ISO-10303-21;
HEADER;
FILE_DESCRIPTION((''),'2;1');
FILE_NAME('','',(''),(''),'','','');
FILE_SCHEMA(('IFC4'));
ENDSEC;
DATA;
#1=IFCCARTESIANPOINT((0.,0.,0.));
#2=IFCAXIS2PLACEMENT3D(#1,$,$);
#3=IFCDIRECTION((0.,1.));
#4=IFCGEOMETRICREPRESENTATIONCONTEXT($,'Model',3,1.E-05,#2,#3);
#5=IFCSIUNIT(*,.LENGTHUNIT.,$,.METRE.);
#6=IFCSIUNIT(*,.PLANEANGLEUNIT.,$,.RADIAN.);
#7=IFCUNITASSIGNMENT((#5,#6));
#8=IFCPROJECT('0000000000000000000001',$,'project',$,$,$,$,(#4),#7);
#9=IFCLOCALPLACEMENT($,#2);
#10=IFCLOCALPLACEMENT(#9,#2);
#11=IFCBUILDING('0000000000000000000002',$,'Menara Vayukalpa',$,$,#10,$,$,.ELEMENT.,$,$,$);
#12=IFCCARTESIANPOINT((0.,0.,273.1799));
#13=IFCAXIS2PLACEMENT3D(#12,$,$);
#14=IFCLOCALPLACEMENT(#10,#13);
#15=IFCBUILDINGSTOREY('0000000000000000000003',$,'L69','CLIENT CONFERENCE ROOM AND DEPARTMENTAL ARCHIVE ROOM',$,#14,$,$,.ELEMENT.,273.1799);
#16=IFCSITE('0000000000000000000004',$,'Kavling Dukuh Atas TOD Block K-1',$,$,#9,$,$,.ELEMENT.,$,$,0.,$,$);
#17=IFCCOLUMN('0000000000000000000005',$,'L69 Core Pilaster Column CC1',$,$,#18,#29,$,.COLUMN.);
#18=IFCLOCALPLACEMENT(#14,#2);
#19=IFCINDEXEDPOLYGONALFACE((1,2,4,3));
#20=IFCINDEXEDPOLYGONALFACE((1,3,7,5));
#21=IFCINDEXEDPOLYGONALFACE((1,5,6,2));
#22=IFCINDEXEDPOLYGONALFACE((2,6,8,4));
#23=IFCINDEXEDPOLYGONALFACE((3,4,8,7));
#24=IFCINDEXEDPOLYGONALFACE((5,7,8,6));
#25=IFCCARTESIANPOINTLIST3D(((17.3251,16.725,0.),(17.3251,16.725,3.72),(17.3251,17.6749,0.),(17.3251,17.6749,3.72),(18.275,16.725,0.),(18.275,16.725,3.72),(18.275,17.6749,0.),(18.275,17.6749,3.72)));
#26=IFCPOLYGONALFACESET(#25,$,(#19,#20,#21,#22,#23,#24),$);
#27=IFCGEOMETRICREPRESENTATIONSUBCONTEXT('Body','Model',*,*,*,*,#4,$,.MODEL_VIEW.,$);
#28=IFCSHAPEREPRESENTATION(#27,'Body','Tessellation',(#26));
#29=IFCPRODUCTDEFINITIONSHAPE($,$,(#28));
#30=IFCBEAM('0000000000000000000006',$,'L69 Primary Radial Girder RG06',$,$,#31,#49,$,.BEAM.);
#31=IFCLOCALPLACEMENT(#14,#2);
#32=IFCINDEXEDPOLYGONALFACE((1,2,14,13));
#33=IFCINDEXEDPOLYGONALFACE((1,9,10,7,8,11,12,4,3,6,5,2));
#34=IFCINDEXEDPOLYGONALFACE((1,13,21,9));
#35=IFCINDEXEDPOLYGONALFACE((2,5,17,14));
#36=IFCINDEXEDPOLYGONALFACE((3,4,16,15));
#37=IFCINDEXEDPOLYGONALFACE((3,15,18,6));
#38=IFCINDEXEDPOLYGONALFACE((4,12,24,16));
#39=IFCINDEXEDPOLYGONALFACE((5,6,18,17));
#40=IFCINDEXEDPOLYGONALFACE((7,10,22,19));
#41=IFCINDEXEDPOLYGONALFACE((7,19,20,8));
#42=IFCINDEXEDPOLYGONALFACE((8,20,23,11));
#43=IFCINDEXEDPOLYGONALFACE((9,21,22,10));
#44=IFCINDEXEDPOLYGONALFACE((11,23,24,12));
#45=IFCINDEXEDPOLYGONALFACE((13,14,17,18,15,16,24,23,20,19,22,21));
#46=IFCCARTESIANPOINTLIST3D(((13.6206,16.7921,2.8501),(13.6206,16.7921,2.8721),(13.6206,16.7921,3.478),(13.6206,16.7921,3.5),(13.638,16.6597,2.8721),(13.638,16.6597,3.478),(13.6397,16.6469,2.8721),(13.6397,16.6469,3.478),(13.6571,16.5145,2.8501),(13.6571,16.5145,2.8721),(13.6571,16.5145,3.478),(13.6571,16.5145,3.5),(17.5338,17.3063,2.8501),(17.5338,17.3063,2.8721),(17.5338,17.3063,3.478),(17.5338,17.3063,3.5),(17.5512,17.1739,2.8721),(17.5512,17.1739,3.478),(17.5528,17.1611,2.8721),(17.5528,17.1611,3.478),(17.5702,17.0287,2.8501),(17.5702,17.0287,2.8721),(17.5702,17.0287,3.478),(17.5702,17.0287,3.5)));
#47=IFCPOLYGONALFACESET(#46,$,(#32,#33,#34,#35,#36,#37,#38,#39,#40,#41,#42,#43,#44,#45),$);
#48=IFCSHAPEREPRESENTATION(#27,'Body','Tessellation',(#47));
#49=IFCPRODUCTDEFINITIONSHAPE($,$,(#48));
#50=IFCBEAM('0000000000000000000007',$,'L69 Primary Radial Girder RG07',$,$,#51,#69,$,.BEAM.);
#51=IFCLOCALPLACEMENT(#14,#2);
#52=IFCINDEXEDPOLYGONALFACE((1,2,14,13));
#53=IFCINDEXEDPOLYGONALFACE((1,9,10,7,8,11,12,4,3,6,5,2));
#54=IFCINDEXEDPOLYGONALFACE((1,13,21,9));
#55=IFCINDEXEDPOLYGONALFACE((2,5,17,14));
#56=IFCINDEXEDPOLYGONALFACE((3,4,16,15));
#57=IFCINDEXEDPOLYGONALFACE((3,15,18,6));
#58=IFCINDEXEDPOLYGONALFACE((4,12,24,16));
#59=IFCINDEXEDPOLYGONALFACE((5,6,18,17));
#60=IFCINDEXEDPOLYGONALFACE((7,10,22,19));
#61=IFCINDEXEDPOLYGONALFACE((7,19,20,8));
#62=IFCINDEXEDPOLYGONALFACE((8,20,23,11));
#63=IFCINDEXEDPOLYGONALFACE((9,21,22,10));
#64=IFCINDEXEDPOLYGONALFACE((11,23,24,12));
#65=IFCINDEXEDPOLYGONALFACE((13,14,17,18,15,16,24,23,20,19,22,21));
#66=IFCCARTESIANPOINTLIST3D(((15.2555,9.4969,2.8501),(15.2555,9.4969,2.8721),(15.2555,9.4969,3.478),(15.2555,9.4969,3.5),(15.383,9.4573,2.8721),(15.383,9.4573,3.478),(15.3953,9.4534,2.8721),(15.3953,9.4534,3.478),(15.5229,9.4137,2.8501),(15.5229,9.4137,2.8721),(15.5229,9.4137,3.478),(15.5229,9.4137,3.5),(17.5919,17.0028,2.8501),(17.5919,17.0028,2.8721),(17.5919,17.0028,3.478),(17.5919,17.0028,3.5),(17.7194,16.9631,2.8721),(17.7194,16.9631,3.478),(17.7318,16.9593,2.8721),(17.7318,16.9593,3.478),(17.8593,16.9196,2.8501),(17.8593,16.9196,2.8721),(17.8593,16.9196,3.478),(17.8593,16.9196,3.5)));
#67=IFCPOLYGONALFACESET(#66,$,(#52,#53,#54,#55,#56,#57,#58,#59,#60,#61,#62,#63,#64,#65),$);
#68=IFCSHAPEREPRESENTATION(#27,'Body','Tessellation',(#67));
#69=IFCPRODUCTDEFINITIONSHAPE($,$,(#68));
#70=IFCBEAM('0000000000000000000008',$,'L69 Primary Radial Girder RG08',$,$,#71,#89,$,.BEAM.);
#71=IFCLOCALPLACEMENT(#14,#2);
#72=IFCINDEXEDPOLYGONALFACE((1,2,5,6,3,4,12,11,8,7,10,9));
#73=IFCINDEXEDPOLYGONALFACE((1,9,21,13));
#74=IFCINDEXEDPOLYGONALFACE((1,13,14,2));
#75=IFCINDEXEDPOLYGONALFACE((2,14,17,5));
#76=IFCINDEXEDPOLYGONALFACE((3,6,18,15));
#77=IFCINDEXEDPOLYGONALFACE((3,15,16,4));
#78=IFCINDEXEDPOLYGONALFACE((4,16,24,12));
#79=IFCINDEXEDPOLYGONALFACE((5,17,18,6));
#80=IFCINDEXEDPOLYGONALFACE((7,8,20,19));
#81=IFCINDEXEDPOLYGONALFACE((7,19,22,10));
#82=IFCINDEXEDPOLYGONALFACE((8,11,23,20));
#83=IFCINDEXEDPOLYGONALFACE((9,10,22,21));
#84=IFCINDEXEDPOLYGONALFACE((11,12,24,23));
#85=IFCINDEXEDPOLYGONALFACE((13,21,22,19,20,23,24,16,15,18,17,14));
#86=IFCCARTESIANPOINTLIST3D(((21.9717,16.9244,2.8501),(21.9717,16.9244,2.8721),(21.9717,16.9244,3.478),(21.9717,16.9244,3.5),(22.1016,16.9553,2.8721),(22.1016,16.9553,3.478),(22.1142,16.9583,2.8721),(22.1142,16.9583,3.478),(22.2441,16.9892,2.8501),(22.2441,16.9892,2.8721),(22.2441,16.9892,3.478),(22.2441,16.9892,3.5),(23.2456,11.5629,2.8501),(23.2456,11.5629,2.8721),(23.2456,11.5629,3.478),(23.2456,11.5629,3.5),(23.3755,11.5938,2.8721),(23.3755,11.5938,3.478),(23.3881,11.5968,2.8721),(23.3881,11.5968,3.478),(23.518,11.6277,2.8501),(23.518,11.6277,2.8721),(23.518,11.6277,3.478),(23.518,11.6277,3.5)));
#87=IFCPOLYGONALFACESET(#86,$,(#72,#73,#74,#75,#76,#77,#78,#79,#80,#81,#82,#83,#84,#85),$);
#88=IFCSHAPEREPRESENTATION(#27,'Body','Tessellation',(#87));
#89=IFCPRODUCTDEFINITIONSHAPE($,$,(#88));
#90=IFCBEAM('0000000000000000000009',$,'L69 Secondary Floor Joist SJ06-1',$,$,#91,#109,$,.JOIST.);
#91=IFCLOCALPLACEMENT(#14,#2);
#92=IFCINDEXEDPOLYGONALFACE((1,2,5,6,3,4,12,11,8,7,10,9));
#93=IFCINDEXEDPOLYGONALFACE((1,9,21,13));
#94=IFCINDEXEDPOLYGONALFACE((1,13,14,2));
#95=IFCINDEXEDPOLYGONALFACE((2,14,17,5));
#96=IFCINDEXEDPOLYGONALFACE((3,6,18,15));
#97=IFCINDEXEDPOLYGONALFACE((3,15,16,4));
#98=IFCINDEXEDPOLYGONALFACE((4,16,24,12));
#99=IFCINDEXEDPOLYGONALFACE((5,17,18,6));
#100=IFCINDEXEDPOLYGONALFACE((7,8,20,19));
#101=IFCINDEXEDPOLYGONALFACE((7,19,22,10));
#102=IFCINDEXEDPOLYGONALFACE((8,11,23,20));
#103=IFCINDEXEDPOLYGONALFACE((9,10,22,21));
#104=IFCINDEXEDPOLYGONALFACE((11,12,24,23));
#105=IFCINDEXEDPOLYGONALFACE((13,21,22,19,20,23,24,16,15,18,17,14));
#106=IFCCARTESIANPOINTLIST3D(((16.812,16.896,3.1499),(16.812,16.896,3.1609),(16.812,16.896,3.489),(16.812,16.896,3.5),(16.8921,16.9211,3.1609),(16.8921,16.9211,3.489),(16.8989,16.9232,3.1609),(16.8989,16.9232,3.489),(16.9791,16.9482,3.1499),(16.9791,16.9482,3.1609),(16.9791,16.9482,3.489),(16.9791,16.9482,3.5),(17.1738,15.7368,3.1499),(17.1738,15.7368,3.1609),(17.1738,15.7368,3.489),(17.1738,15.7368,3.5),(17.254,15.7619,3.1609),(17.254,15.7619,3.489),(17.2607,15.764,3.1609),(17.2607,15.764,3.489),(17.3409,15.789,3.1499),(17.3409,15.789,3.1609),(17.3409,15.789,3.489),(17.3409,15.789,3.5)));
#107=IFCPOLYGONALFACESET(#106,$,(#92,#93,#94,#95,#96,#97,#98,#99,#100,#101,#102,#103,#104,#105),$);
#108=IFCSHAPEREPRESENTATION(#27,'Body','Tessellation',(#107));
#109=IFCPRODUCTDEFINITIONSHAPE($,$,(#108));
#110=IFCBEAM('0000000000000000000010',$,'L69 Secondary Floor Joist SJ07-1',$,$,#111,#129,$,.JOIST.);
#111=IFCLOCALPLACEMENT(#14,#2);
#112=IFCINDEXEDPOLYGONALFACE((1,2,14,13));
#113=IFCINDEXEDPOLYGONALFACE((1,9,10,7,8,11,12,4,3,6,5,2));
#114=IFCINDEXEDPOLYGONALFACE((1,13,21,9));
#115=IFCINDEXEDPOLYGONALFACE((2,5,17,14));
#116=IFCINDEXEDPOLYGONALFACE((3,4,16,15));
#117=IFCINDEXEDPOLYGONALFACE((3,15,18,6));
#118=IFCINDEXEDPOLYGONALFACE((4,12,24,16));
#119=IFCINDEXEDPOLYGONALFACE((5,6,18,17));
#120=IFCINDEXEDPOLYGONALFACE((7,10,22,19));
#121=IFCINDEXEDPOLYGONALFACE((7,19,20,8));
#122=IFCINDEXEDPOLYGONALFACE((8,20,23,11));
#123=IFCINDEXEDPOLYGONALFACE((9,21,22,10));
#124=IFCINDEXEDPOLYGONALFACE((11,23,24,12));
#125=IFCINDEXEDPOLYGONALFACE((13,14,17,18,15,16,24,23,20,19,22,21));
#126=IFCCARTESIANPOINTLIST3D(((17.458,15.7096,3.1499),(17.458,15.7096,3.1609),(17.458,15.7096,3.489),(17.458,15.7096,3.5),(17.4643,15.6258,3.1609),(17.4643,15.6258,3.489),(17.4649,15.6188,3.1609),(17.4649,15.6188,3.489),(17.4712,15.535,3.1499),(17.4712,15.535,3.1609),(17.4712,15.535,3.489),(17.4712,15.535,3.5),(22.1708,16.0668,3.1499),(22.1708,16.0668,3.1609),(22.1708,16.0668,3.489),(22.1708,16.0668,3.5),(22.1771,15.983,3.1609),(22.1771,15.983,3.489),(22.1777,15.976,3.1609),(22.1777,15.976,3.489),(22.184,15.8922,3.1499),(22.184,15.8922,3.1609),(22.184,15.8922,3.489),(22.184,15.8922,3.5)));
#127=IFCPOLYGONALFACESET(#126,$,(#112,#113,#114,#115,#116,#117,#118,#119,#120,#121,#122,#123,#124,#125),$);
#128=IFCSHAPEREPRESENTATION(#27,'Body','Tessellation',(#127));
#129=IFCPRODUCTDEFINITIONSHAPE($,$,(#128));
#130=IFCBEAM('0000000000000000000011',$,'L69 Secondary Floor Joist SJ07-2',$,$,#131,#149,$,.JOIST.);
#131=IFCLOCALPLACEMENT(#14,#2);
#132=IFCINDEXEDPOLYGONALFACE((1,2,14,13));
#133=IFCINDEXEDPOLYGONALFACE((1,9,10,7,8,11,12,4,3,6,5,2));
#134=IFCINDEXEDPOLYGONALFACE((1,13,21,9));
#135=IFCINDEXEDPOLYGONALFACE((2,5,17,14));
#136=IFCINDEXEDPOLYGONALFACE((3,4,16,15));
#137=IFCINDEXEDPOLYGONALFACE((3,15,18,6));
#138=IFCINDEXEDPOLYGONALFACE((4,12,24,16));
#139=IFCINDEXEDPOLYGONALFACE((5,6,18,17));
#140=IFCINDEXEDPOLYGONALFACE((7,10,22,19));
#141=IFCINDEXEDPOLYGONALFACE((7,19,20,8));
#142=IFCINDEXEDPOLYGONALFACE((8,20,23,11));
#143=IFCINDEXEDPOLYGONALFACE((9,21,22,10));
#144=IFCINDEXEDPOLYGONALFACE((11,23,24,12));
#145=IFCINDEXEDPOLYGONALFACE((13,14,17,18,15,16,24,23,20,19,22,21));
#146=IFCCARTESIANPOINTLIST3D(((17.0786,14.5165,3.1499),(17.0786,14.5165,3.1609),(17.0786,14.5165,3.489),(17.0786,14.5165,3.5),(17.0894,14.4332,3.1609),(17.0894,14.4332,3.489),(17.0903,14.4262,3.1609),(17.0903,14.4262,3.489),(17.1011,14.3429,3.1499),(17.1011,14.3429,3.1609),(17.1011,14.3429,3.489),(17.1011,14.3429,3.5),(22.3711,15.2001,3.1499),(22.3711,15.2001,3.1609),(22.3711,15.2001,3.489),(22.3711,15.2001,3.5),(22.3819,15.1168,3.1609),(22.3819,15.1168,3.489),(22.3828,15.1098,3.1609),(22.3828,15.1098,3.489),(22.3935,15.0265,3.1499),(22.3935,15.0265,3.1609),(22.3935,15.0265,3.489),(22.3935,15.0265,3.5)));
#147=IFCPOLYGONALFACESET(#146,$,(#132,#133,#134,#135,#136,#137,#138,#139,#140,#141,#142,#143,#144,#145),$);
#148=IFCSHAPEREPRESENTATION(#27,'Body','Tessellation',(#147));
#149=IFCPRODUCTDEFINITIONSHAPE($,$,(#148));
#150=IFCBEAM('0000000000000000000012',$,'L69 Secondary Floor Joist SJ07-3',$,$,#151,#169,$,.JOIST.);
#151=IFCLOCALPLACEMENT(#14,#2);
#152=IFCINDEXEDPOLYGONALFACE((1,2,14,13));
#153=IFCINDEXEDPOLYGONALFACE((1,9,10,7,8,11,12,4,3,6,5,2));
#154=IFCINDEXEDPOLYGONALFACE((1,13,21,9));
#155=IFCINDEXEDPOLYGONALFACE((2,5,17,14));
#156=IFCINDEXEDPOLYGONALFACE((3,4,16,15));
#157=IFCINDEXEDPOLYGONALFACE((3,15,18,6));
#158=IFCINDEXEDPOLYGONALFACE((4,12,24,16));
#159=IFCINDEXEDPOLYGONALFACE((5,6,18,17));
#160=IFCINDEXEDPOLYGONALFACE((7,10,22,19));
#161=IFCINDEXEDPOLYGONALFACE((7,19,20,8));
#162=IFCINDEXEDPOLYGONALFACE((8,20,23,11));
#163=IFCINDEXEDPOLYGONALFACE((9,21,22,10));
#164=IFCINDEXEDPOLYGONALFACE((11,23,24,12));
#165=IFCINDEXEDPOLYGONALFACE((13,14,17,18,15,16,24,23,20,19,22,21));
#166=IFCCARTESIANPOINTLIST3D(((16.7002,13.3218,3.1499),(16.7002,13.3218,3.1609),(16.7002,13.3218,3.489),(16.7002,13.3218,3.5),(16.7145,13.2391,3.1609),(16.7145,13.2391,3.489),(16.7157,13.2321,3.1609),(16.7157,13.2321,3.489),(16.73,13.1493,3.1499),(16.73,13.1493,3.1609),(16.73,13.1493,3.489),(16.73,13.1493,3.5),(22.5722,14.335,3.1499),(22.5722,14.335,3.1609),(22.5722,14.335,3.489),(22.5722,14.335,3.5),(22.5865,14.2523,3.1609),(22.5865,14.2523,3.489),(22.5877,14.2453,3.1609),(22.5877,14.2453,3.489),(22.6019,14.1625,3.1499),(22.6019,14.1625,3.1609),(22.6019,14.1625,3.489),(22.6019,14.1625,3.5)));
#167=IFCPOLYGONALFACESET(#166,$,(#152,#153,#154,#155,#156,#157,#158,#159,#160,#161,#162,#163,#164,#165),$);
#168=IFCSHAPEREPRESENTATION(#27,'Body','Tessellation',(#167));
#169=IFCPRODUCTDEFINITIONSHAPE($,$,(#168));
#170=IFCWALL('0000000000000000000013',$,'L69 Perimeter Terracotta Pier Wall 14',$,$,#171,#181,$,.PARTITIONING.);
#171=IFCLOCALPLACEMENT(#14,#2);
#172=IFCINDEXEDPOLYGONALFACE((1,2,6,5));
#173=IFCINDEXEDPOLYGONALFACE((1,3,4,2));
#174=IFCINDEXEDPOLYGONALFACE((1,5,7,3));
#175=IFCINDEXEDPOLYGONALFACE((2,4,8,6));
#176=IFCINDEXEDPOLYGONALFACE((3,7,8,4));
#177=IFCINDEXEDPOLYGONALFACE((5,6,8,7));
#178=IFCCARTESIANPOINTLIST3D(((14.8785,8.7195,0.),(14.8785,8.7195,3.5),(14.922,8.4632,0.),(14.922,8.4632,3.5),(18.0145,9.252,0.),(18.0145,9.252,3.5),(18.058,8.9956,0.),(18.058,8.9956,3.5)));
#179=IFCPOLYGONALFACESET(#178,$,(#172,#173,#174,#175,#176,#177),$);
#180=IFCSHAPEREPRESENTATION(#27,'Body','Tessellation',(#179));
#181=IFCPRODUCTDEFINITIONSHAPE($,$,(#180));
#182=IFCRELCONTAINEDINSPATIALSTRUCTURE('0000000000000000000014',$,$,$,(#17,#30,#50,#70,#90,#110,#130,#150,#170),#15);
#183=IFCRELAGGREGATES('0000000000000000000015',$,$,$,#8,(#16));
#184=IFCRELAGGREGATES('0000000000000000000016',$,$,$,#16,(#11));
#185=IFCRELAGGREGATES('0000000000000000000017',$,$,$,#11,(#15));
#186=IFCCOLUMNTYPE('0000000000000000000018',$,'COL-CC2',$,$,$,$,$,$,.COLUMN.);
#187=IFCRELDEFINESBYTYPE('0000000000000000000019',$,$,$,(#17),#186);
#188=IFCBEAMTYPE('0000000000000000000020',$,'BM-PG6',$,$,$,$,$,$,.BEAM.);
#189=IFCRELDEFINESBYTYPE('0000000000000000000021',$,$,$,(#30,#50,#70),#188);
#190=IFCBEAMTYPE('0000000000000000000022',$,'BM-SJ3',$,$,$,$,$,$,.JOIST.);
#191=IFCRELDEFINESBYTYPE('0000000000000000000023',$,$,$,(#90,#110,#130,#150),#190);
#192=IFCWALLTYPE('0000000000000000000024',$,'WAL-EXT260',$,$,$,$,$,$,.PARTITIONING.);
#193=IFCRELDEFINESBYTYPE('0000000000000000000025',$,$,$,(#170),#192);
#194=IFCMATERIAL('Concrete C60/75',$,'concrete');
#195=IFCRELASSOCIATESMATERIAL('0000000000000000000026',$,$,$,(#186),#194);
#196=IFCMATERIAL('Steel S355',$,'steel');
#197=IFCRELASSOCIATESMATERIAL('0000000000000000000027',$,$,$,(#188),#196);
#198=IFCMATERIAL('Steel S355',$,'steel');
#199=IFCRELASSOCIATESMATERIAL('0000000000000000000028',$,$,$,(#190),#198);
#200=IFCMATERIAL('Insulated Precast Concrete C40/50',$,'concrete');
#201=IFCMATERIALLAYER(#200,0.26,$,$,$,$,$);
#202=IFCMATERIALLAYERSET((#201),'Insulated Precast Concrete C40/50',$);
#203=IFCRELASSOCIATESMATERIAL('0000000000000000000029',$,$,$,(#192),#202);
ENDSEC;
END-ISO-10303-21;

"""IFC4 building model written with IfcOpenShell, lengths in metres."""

from ifc_helpers import new_model, si_unit, direction, frame, frame_2d, origin, origin_2d, place, context, subcontext, project, spatial, rectangle, i_section, extrude, material, layer, layer_set, material_profile, profile_set, type_object, element, save


model = new_model("IFC4")

# Units and contexts
model_context = context("Model", 3, precision=1e-05, world=origin(), true_north=direction((0.0, 1.0)))
body_context = subcontext(model_context, "Body", "Model", "MODEL_VIEW")
ifc_project = project(units=[si_unit("LENGTHUNIT", "METRE"), si_unit("PLANEANGLEUNIT", "RADIAN")], contexts=[model_context])

# Site, building, storey
site_placement = place(None, origin())
site = spatial("IfcSite", under=ifc_project, at=site_placement, Name="Kavling Dukuh Atas TOD Block K-1", CompositionType="ELEMENT", RefElevation=0.0)
building_placement = place(site_placement, origin())
building = spatial("IfcBuilding", under=site, at=building_placement, Name="Menara Vayukalpa", CompositionType="ELEMENT")
storey_placement = place(building_placement, frame((0.0, 0.0, 273.1799)))
storey = spatial("IfcBuildingStorey", under=building, at=storey_placement, Name="L69", Description="CLIENT CONFERENCE ROOM AND DEPARTMENTAL ARCHIVE ROOM", CompositionType="ELEMENT", Elevation=273.1799)

# Column
ifc_material_1 = material(Name="Concrete C60/75", Category="concrete")
ifc_material_profile_1 = material_profile(ifc_material_1, rectangle(XDim=0.95, YDim=0.95, at=origin_2d()), Name="RC 950x950")
ifc_profile_set_1 = profile_set([ifc_material_profile_1], Name="Concrete C60/75")
column_type = type_object("IfcColumnType", Name="COL-CC2", PredefinedType="COLUMN", material=ifc_profile_set_1)
column_placement = place(storey_placement, frame((17.8, 17.2, 0.0), z_axis=(0.0, 0.0, 1.0), x_axis=(1.0, 0.0, 0.0)))
element("IfcColumn", 1, at=column_placement, inside=storey, type_object=column_type, Name="L69 Core Pilaster Column CC1", PredefinedType="COLUMN", context=body_context, shape_type="SweptSolid", body=[
    extrude(rectangle(XDim=0.95, YDim=0.95, at=origin_2d()), origin(), (0.0, 0.0, 1.0), 3.72),
])

# Beams
ifc_material_2 = material(Name="Steel S355", Category="steel")
ifc_material_profile_2 = material_profile(ifc_material_2, i_section(OverallWidth=0.28, OverallDepth=0.6499, WebThickness=0.0129, FlangeThickness=0.022, at=origin_2d()), Name="WF 650x280x13x22")
ifc_profile_set_2 = profile_set([ifc_material_profile_2], Name="Steel S355")
beam_type_1 = type_object("IfcBeamType", Name="BM-PG6", PredefinedType="BEAM", material=ifc_profile_set_2)
beam_1_placement = place(storey_placement, frame((17.552, 17.1675, 3.175), z_axis=(-0.991478, -0.130275, 0.0), x_axis=(0.130275, -0.991478, 0.0)))
element("IfcBeam", 2, at=beam_1_placement, inside=storey, type_object=beam_type_1, Name="L69 Primary Radial Girder RG06", PredefinedType="BEAM", context=body_context, shape_type="SweptSolid", body=[
    extrude(i_section(OverallWidth=0.28, OverallDepth=0.6499, WebThickness=0.0129, FlangeThickness=0.022, at=origin_2d()), origin(), (0.0, 0.0, 1.0), 3.9468),
])
beam_2_placement = place(storey_placement, frame((17.7256, 16.9612, 3.175), z_axis=(-0.297214, -0.954811, 0.0), x_axis=(0.954811, -0.297214, 0.0)))
element("IfcBeam", 3, at=beam_2_placement, inside=storey, type_object=beam_type_1, Name="L69 Primary Radial Girder RG07", PredefinedType="BEAM", context=body_context, shape_type="SweptSolid", body=[
    extrude(i_section(OverallWidth=0.28, OverallDepth=0.6499, WebThickness=0.0129, FlangeThickness=0.022, at=origin_2d()), origin(), (0.0, 0.0, 1.0), 7.8611),
])
beam_3_placement = place(storey_placement, frame((22.1079, 16.9568, 3.175), z_axis=(0.231167, -0.972914, 0.0), x_axis=(0.972914, 0.231167, 0.0)))
element("IfcBeam", 4, at=beam_3_placement, inside=storey, type_object=beam_type_1, Name="L69 Primary Radial Girder RG08", PredefinedType="BEAM", context=body_context, shape_type="SweptSolid", body=[
    extrude(i_section(OverallWidth=0.28, OverallDepth=0.6499, WebThickness=0.0129, FlangeThickness=0.022, at=origin_2d()), origin(), (0.0, 0.0, 1.0), 5.5107),
])
ifc_material_3 = material(Name="Steel S355", Category="steel")
ifc_material_profile_3 = material_profile(ifc_material_3, i_section(OverallWidth=0.175, OverallDepth=0.3501, WebThickness=0.0071, FlangeThickness=0.011, at=origin_2d()), Name="WF 350x175x7x11")
ifc_profile_set_3 = profile_set([ifc_material_profile_3], Name="Steel S355")
beam_type_2 = type_object("IfcBeamType", Name="BM-SJ3", PredefinedType="JOIST", material=ifc_profile_set_3)
beam_4_placement = place(storey_placement, frame((16.8955, 16.9221, 3.325), z_axis=(0.297954, -0.95458, 0.0), x_axis=(0.95458, 0.297954, 0.0)))
element("IfcBeam", 5, at=beam_4_placement, inside=storey, type_object=beam_type_2, Name="L69 Secondary Floor Joist SJ06-1", PredefinedType="JOIST", context=body_context, shape_type="SweptSolid", body=[
    extrude(i_section(OverallWidth=0.175, OverallDepth=0.3501, WebThickness=0.0071, FlangeThickness=0.011, at=origin_2d()), origin(), (0.0, 0.0, 1.0), 1.2144),
])
beam_5_placement = place(storey_placement, frame((17.4646, 15.6223, 3.325), z_axis=(0.99714, 0.075571, 0.0), x_axis=(-0.075571, 0.99714, 0.0)))
element("IfcBeam", 6, at=beam_5_placement, inside=storey, type_object=beam_type_2, Name="L69 Secondary Floor Joist SJ07-1", PredefinedType="JOIST", context=body_context, shape_type="SweptSolid", body=[
    extrude(i_section(OverallWidth=0.175, OverallDepth=0.3501, WebThickness=0.0071, FlangeThickness=0.011, at=origin_2d()), origin(), (0.0, 0.0, 1.0), 4.7263),
])
beam_6_placement = place(storey_placement, frame((17.0898, 14.4297, 3.325), z_axis=(0.991761, 0.128099, 0.0), x_axis=(-0.128099, 0.991761, 0.0)))
element("IfcBeam", 7, at=beam_6_placement, inside=storey, type_object=beam_type_2, Name="L69 Secondary Floor Joist SJ07-2", PredefinedType="JOIST", context=body_context, shape_type="SweptSolid", body=[
    extrude(i_section(OverallWidth=0.175, OverallDepth=0.3501, WebThickness=0.0071, FlangeThickness=0.011, at=origin_2d()), origin(), (0.0, 0.0, 1.0), 5.3364),
])
beam_7_placement = place(storey_placement, frame((16.7151, 13.2356, 3.325), z_axis=(0.985439, 0.17003, 0.0), x_axis=(-0.17003, 0.985439, 0.0)))
element("IfcBeam", 8, at=beam_7_placement, inside=storey, type_object=beam_type_2, Name="L69 Secondary Floor Joist SJ07-3", PredefinedType="JOIST", context=body_context, shape_type="SweptSolid", body=[
    extrude(i_section(OverallWidth=0.175, OverallDepth=0.3501, WebThickness=0.0071, FlangeThickness=0.011, at=origin_2d()), origin(), (0.0, 0.0, 1.0), 5.9587),
])

# Wall
ifc_material_4 = material(Name="Insulated Precast Concrete C40/50", Category="concrete")
ifc_layer_1 = layer(ifc_material_4, 0.26)
ifc_layer_set_1 = layer_set([ifc_layer_1], Name="Insulated Precast Concrete C40/50")
wall_type_1 = type_object("IfcWallType", Name="WAL-EXT260", PredefinedType="PARTITIONING", material=ifc_layer_set_1)
wall_1_placement = place(storey_placement, frame((18.0361, 9.1238, 0.0), z_axis=(0.0, 0.0, 1.0), x_axis=(-0.985889, -0.167398, 0.0)))
element("IfcWall", 9, at=wall_1_placement, inside=storey, type_object=wall_type_1, Name="L69 Perimeter Terracotta Pier Wall 14", PredefinedType="PARTITIONING", context=body_context, shape_type="SweptSolid", body=[
    extrude(rectangle(XDim=3.1809, YDim=0.26, at=frame_2d((1.5903, 0.0))), origin(), (0.0, 0.0, 1.0), 3.5),
])

save(model, "model.ifc")
